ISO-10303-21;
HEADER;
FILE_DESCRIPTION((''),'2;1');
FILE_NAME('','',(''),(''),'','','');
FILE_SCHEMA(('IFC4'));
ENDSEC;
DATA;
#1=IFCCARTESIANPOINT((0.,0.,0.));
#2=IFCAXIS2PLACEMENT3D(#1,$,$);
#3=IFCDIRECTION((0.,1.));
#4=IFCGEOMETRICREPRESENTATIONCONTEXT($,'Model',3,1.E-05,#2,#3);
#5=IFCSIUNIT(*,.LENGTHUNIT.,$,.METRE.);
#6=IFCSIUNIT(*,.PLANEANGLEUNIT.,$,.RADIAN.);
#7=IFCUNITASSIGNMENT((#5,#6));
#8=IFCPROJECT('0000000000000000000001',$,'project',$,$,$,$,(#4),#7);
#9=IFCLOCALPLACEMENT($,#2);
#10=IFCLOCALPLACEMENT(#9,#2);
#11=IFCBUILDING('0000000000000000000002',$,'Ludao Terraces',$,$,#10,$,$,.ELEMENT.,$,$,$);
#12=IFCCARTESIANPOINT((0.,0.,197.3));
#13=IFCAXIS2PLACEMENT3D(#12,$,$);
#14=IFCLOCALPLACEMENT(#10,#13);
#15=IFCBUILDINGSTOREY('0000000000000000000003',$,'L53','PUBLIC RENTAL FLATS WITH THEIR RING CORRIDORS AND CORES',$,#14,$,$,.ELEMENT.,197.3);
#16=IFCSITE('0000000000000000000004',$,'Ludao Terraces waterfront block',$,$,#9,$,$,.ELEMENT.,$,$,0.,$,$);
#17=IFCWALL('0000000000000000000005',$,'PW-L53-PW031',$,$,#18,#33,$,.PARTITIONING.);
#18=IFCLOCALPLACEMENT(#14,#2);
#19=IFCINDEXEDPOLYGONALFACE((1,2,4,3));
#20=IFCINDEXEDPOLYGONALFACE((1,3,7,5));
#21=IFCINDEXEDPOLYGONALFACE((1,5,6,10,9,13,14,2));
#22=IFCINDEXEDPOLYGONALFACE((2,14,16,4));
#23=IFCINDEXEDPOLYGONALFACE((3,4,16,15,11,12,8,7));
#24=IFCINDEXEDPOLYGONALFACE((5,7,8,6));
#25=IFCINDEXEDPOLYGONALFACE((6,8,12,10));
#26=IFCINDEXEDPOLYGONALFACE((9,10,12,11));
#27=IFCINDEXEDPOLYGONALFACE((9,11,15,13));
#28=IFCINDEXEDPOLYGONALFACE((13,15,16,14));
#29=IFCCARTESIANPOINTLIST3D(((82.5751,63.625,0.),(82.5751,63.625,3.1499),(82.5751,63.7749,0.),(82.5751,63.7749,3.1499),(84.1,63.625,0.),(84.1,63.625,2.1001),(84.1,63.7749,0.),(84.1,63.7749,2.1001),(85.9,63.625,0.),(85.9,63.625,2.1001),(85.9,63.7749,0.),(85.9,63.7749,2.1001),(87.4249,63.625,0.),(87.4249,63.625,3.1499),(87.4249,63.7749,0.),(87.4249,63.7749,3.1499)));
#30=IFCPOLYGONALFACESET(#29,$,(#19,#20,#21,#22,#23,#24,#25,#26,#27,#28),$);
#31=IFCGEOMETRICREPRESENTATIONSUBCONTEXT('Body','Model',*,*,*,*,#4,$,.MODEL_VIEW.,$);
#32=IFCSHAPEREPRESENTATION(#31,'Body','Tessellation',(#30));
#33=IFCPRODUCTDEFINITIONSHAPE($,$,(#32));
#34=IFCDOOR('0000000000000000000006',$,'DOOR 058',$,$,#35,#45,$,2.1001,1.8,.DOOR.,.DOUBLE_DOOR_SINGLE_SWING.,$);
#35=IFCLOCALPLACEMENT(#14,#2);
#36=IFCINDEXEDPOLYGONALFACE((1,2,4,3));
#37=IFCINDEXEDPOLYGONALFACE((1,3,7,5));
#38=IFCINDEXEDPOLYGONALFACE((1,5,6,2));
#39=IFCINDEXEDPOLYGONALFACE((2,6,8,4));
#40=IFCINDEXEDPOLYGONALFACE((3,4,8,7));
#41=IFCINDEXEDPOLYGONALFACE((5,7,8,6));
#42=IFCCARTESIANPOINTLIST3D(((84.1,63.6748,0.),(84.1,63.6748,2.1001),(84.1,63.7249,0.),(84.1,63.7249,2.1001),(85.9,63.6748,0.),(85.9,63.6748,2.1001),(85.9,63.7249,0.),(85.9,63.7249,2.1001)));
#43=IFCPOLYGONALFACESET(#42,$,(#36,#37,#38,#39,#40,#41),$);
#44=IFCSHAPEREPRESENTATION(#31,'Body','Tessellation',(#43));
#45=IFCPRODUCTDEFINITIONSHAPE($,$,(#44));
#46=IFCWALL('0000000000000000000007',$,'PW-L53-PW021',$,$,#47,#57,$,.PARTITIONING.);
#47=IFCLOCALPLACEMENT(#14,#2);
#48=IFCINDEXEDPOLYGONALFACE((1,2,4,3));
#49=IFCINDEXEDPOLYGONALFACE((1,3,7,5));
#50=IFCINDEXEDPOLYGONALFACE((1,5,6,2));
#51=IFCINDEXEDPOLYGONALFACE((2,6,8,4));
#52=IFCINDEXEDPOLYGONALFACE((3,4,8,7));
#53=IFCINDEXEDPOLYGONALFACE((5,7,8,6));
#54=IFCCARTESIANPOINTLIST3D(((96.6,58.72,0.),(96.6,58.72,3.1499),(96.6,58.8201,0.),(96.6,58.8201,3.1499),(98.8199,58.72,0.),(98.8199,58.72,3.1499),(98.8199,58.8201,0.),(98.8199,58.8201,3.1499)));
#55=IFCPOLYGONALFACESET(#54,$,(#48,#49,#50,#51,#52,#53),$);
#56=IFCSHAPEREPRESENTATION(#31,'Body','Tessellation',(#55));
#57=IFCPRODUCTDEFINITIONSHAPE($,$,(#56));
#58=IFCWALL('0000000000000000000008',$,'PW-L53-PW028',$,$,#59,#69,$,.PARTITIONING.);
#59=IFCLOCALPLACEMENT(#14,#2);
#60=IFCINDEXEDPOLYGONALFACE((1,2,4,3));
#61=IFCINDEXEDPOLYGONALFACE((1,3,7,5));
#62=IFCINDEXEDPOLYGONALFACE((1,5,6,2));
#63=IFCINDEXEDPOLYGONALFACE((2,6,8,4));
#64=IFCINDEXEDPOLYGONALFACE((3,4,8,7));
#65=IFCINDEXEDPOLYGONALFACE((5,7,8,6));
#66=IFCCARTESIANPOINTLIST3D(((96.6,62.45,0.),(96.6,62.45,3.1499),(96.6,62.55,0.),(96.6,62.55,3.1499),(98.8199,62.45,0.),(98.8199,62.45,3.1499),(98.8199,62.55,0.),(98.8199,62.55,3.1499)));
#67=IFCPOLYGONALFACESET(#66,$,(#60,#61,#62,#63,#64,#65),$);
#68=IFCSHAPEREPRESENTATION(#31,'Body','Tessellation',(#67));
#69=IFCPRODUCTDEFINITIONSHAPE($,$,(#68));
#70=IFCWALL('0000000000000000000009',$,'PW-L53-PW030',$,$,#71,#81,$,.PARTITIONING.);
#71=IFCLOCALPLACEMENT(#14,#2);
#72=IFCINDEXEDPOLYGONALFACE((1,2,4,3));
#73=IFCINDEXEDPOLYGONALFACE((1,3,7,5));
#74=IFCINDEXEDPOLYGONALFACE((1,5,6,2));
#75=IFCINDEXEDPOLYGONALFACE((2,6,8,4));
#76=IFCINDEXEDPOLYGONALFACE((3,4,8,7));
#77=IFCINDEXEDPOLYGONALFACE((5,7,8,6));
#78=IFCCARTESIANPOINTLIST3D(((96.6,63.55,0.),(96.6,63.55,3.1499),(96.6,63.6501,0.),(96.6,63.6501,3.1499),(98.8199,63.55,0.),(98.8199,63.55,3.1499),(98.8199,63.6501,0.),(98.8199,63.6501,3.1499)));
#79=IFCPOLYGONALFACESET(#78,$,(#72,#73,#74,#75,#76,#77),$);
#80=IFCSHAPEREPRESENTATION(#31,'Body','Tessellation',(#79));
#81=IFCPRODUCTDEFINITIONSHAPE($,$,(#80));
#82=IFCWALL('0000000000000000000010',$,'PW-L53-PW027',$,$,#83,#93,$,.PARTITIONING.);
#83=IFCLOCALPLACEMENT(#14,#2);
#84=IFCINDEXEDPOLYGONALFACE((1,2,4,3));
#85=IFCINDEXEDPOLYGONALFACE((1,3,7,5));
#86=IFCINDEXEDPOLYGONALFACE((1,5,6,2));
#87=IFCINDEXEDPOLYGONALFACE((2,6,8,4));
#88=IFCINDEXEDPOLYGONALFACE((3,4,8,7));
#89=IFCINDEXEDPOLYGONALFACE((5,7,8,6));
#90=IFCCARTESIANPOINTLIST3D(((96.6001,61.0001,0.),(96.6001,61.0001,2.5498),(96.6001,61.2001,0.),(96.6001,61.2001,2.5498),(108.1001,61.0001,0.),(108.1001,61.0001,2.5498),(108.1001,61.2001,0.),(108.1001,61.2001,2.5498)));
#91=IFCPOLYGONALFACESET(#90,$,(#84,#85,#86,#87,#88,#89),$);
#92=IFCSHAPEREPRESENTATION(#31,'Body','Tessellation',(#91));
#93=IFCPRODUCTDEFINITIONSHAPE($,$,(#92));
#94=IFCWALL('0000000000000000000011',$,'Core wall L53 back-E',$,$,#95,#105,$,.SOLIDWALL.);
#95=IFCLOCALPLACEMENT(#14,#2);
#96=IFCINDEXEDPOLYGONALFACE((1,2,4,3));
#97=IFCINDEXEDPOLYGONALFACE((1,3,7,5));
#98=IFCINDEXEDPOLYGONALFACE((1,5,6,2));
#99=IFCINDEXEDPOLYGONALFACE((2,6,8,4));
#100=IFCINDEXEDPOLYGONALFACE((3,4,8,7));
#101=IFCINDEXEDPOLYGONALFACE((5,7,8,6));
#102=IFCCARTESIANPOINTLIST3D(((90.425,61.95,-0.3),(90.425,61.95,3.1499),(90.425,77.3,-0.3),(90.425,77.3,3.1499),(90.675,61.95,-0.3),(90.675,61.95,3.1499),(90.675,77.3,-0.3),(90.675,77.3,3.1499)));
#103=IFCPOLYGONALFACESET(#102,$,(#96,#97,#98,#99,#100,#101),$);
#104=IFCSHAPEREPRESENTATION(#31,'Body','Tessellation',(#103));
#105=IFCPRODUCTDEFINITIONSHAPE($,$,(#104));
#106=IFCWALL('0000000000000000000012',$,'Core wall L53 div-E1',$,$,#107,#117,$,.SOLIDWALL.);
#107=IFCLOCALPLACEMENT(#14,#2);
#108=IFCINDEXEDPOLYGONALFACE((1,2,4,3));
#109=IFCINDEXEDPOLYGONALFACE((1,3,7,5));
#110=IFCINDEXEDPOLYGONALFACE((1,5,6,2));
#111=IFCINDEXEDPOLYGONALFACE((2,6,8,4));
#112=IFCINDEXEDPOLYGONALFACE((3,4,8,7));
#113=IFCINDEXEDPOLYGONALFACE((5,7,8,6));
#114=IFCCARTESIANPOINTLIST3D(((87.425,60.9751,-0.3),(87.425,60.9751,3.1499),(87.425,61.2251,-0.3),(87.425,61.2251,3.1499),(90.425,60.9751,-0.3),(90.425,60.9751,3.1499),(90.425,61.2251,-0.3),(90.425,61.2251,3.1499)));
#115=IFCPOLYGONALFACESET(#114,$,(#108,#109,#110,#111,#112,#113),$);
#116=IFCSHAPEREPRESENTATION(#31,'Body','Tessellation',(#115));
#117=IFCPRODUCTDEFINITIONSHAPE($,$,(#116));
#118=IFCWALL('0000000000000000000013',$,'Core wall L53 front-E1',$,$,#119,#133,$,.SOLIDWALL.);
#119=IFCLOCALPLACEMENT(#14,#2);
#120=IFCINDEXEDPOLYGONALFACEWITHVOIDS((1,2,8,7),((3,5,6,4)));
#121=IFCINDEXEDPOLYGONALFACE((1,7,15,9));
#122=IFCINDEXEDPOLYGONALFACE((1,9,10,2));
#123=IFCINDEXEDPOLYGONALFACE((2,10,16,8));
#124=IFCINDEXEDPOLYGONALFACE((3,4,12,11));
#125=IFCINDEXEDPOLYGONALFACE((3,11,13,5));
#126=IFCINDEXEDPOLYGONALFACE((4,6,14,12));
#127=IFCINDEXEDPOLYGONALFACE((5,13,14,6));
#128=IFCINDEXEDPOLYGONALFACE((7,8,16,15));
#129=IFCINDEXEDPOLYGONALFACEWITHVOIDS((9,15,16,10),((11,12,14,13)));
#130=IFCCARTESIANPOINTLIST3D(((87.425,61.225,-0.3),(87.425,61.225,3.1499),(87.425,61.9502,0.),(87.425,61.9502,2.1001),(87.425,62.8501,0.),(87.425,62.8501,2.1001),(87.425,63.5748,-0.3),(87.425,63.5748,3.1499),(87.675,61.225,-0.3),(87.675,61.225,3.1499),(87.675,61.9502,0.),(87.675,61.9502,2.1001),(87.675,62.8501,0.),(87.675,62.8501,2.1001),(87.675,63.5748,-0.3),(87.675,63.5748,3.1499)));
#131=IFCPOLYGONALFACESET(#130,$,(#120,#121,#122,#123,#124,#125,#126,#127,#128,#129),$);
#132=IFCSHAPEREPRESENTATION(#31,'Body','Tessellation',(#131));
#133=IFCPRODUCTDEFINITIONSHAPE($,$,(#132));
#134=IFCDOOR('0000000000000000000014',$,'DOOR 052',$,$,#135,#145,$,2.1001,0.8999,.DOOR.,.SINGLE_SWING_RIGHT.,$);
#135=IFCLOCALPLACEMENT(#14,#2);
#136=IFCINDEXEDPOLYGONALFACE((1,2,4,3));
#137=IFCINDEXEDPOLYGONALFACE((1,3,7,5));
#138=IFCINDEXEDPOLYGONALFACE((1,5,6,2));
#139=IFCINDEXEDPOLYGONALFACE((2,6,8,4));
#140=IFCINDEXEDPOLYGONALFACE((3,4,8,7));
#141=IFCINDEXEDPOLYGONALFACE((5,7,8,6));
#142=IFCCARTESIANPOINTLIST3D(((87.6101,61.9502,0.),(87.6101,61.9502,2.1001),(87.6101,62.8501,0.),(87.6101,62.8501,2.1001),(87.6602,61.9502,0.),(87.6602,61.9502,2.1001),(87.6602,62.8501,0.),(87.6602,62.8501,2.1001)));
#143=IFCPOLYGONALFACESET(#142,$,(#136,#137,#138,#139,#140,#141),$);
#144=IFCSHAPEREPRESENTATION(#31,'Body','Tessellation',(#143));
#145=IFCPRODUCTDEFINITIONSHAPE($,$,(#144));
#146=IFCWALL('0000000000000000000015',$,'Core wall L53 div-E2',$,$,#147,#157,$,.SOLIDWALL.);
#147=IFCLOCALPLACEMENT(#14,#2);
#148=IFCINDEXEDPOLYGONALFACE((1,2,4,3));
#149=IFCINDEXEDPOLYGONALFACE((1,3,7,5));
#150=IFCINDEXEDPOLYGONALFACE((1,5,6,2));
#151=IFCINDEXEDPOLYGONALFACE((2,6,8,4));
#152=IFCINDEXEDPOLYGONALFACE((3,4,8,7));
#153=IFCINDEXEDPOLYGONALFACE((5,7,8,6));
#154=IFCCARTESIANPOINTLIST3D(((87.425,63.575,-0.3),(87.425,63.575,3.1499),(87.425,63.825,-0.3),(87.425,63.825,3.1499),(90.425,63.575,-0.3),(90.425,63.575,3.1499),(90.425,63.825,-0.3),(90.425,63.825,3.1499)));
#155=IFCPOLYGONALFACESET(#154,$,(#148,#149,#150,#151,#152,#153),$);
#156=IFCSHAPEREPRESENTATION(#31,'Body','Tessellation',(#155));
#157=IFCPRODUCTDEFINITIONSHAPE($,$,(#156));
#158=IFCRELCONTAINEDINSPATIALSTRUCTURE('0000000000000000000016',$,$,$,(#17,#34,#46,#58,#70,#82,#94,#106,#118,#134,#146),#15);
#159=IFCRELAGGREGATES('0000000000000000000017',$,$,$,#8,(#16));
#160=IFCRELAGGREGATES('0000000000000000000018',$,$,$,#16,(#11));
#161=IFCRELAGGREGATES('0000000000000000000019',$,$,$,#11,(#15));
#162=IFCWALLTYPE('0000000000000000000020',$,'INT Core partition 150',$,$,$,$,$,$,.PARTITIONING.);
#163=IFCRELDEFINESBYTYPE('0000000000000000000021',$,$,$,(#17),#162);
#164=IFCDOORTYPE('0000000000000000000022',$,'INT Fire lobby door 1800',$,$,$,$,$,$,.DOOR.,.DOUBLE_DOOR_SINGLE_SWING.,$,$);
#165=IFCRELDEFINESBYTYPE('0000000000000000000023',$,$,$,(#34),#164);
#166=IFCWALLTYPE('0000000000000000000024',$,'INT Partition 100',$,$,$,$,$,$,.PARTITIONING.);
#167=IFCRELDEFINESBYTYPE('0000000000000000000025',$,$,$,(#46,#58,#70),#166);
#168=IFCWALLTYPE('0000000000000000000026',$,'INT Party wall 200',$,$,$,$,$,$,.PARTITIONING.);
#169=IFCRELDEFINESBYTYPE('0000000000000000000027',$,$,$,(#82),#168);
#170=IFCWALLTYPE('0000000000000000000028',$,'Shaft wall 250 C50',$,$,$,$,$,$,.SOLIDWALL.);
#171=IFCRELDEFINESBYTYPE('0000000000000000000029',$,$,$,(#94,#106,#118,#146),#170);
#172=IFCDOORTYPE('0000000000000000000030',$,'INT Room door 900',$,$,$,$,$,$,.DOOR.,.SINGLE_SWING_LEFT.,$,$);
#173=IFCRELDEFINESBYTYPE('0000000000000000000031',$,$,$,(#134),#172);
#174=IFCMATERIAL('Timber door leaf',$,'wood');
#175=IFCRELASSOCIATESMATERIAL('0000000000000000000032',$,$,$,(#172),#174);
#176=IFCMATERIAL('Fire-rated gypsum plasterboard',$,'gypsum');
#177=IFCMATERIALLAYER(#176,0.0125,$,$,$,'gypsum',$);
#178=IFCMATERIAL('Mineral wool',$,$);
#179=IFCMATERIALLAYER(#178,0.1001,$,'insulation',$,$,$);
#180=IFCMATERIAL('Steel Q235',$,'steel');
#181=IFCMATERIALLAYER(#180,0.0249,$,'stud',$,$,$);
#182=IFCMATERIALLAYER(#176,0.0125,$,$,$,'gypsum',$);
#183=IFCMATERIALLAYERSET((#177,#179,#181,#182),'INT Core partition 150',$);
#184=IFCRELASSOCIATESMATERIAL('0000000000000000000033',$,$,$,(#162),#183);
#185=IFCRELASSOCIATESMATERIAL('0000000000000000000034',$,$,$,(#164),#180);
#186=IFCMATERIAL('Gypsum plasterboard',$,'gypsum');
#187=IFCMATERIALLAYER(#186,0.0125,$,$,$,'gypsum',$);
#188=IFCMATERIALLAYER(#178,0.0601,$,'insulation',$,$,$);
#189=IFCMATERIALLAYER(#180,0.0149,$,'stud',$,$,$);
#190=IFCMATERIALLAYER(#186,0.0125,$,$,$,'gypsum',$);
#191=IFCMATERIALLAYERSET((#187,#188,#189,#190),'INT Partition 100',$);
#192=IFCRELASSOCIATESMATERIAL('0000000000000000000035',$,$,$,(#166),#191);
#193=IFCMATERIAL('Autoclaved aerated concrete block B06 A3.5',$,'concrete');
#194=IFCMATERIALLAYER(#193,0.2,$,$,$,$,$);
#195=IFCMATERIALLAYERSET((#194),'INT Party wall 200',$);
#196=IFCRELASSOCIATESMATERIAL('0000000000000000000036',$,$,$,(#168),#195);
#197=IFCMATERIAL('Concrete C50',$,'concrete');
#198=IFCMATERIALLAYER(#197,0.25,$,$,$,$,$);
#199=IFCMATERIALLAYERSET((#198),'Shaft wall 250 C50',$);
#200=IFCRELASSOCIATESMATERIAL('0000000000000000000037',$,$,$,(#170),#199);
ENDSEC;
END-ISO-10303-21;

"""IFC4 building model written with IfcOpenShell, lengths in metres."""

from ifc_helpers import new_model, si_unit, direction, frame, frame_2d, origin, place, context, subcontext, project, spatial, rectangle, extrude, material, layer, layer_set, type_object, element, fill, save


model = new_model("IFC4")

# Units and contexts
model_context = context("Model", 3, precision=1e-05, world=origin(), true_north=direction((0.0, 1.0)))
body_context = subcontext(model_context, "Body", "Model", "MODEL_VIEW")
ifc_project = project(units=[si_unit("LENGTHUNIT", "METRE"), si_unit("PLANEANGLEUNIT", "RADIAN")], contexts=[model_context])

# Site, building, storey
site_placement = place(None, origin())
site = spatial("IfcSite", under=ifc_project, at=site_placement, Name="Ludao Terraces waterfront block", CompositionType="ELEMENT", RefElevation=0.0)
building_placement = place(site_placement, origin())
building = spatial("IfcBuilding", under=site, at=building_placement, Name="Ludao Terraces", CompositionType="ELEMENT")
storey_placement = place(building_placement, frame((0.0, 0.0, 197.3)))
storey = spatial("IfcBuildingStorey", under=building, at=storey_placement, Name="L53", Description="PUBLIC RENTAL FLATS WITH THEIR RING CORRIDORS AND CORES", CompositionType="ELEMENT", Elevation=197.3)

# Shared definitions
ifc_material_1 = material(Name="Concrete C50", Category="concrete")
ifc_material_2 = material(Name="Steel Q235", Category="steel")
ifc_material_3 = material(Name="Timber door leaf", Category="wood")
door_type_1 = type_object("IfcDoorType", Name="INT Room door 900", OperationType="SINGLE_SWING_LEFT", PredefinedType="DOOR", material=ifc_material_3)

# Wall, opening, door
ifc_material_4 = material(Name="Fire-rated gypsum plasterboard", Category="gypsum")
ifc_layer_1 = layer(ifc_material_4, 0.0125, Category="gypsum")
ifc_material_5 = material(Name="Mineral wool")
ifc_layer_2 = layer(ifc_material_5, 0.1001, Name="insulation")
ifc_layer_3 = layer(ifc_material_2, 0.0249, Name="stud")
ifc_layer_4 = layer(ifc_material_4, 0.0125, Category="gypsum")
ifc_layer_set_1 = layer_set([ifc_layer_1, ifc_layer_2, ifc_layer_3, ifc_layer_4], Name="INT Core partition 150")
wall_type_1 = type_object("IfcWallType", Name="INT Core partition 150", PredefinedType="PARTITIONING", material=ifc_layer_set_1)
door_type_2 = type_object("IfcDoorType", Name="INT Fire lobby door 1800", OperationType="DOUBLE_DOOR_SINGLE_SWING", PredefinedType="DOOR", material=ifc_material_2)
wall_1_placement = place(storey_placement, frame((82.5752, 63.7, 0.0), z_axis=(0.0, 0.0, 1.0), x_axis=(1.0, 0.0, 0.0)))
wall_1 = element("IfcWall", 1, at=wall_1_placement, inside=storey, type_object=wall_type_1, Name="PW-L53-PW031", PredefinedType="PARTITIONING", context=body_context, shape_type="SweptSolid", body=[
    extrude(rectangle(XDim=4.8499, YDim=0.1499, at=frame_2d((2.4248, 0.0))), origin(), (0.0, 0.0, 1.0), 3.1499),
])
opening_1_placement = place(wall_1_placement, frame((1.5249, 0.0, 0.0)))
opening_1 = element("IfcOpeningElement", 2, at=opening_1_placement, cuts=wall_1, PredefinedType="OPENING", context=body_context, shape_type="SweptSolid", body=[
    extrude(rectangle(XDim=1.8, YDim=2.1001, at=frame_2d((0.8999, 1.05))), frame((0.0, 0.085, 0.0), z_axis=(0.0, -1.0, 0.0), x_axis=(1.0, 0.0, 0.0)), (0.0, 0.0, 1.0), 0.1699),
])
door_1_placement = place(opening_1_placement, origin())
door_1 = element("IfcDoor", 3, at=door_1_placement, inside=storey, type_object=door_type_2, Name="DOOR 058", OperationType="DOUBLE_DOOR_SINGLE_SWING", OverallHeight=2.1001, OverallWidth=1.8, PredefinedType="DOOR", context=body_context, shape_type="SweptSolid", body=[
    extrude(rectangle(XDim=1.8, YDim=2.1001, at=frame_2d((0.8999, 1.05))), frame((0.0, 0.0249, 0.0), z_axis=(0.0, -1.0, 0.0), x_axis=(1.0, 0.0, 0.0)), (0.0, 0.0, 1.0), 0.05),
])
fill(opening_1, door_1)

# Walls
ifc_material_6 = material(Name="Gypsum plasterboard", Category="gypsum")
ifc_layer_5 = layer(ifc_material_6, 0.0125, Category="gypsum")
ifc_layer_6 = layer(ifc_material_5, 0.0601, Name="insulation")
ifc_layer_7 = layer(ifc_material_2, 0.0149, Name="stud")
ifc_layer_8 = layer(ifc_material_6, 0.0125, Category="gypsum")
ifc_layer_set_2 = layer_set([ifc_layer_5, ifc_layer_6, ifc_layer_7, ifc_layer_8], Name="INT Partition 100")
wall_type_2 = type_object("IfcWallType", Name="INT Partition 100", PredefinedType="PARTITIONING", material=ifc_layer_set_2)
for number, where, z_axis, x_axis, name in (
    (4, (96.6001, 58.77, 0.0), (0.0, 0.0, 1.0), (1.0, 0.0, 0.0), "PW-L53-PW021"),
    (5, (96.6001, 62.5, 0.0), (0.0, 0.0, 1.0), (1.0, 0.0, 0.0), "PW-L53-PW028"),
    (6, (96.6001, 63.6001, 0.0), (0.0, 0.0, 1.0), (1.0, 0.0, 0.0), "PW-L53-PW030"),
):
    element("IfcWall", number, at=place(storey_placement, frame(where, z_axis=z_axis, x_axis=x_axis)), inside=storey, type_object=wall_type_2, Name=name, PredefinedType="PARTITIONING", context=body_context, shape_type="SweptSolid", body=[
        extrude(rectangle(XDim=2.22, YDim=0.1001, at=frame_2d((1.1099, 0.0))), origin(), (0.0, 0.0, 1.0), 3.1499),
    ])
ifc_material_7 = material(Name="Autoclaved aerated concrete block B06 A3.5", Category="concrete")
ifc_layer_9 = layer(ifc_material_7, 0.2)
ifc_layer_set_3 = layer_set([ifc_layer_9], Name="INT Party wall 200")
wall_type_3 = type_object("IfcWallType", Name="INT Party wall 200", PredefinedType="PARTITIONING", material=ifc_layer_set_3)
wall_2_placement = place(storey_placement, frame((96.6001, 61.1001, 0.0), z_axis=(0.0, 0.0, 1.0), x_axis=(1.0, 0.0, 0.0)))
element("IfcWall", 7, at=wall_2_placement, inside=storey, type_object=wall_type_3, Name="PW-L53-PW027", PredefinedType="PARTITIONING", context=body_context, shape_type="SweptSolid", body=[
    extrude(rectangle(XDim=11.5, YDim=0.2, at=frame_2d((5.75, 0.0))), origin(), (0.0, 0.0, 1.0), 2.5498),
])
ifc_layer_10 = layer(ifc_material_1, 0.25)
ifc_layer_set_4 = layer_set([ifc_layer_10], Name="Shaft wall 250 C50")
wall_type_4 = type_object("IfcWallType", Name="Shaft wall 250 C50", PredefinedType="SOLIDWALL", material=ifc_layer_set_4)
wall_3_placement = place(storey_placement, frame((90.55, 61.95, -0.3), z_axis=(0.0, 0.0, 1.0), x_axis=(0.0, 1.0, 0.0)))
element("IfcWall", 8, at=wall_3_placement, inside=storey, type_object=wall_type_4, Name="Core wall L53 back-E", PredefinedType="SOLIDWALL", context=body_context, shape_type="SweptSolid", body=[
    extrude(rectangle(XDim=15.3501, YDim=0.25, at=frame_2d((7.675, 0.0))), origin(), (0.0, 0.0, 1.0), 3.45),
])
wall_4_placement = place(storey_placement, frame((87.425, 61.1001, -0.3), z_axis=(0.0, 0.0, 1.0), x_axis=(1.0, 0.0, 0.0)))
element("IfcWall", 9, at=wall_4_placement, inside=storey, type_object=wall_type_4, Name="Core wall L53 div-E1", PredefinedType="SOLIDWALL", context=body_context, shape_type="SweptSolid", body=[
    extrude(rectangle(XDim=3.0, YDim=0.25, at=frame_2d((1.5, 0.0))), origin(), (0.0, 0.0, 1.0), 3.45),
])

# Wall, opening, door
wall_5_placement = place(storey_placement, frame((87.55, 61.2251, -0.3), z_axis=(0.0, 0.0, 1.0), x_axis=(0.0, 1.0, 0.0)))
wall_5 = element("IfcWall", 10, at=wall_5_placement, inside=storey, type_object=wall_type_4, Name="Core wall L53 front-E1", PredefinedType="SOLIDWALL", context=body_context, shape_type="SweptSolid", body=[
    extrude(rectangle(XDim=2.3499, YDim=0.25, at=frame_2d((1.1748, 0.0))), origin(), (0.0, 0.0, 1.0), 3.45),
])
opening_2_placement = place(wall_5_placement, frame((0.7251, 0.0, 0.3)))
opening_2 = element("IfcOpeningElement", 11, at=opening_2_placement, cuts=wall_5, PredefinedType="OPENING", context=body_context, shape_type="SweptSolid", body=[
    extrude(rectangle(XDim=0.8999, YDim=2.1001, at=frame_2d((0.45, 1.05))), frame((0.0, 0.135, 0.0), z_axis=(0.0, -1.0, 0.0), x_axis=(1.0, 0.0, 0.0)), (0.0, 0.0, 1.0), 0.27),
])
door_2_placement = place(opening_2_placement, origin())
door_2 = element("IfcDoor", 12, at=door_2_placement, inside=storey, type_object=door_type_1, Name="DOOR 052", OperationType="SINGLE_SWING_RIGHT", OverallHeight=2.1001, OverallWidth=0.8999, PredefinedType="DOOR", context=body_context, shape_type="SweptSolid", body=[
    extrude(rectangle(XDim=0.8999, YDim=2.1001, at=frame_2d((0.45, 1.05))), frame((0.0, -0.0601, 0.0), z_axis=(0.0, -1.0, 0.0), x_axis=(1.0, 0.0, 0.0)), (0.0, 0.0, 1.0), 0.05),
])
fill(opening_2, door_2)

# Wall
wall_6_placement = place(storey_placement, frame((87.425, 63.7, -0.3), z_axis=(0.0, 0.0, 1.0), x_axis=(1.0, 0.0, 0.0)))
element("IfcWall", 13, at=wall_6_placement, inside=storey, type_object=wall_type_4, Name="Core wall L53 div-E2", PredefinedType="SOLIDWALL", context=body_context, shape_type="SweptSolid", body=[
    extrude(rectangle(XDim=3.0, YDim=0.25, at=frame_2d((1.5, 0.0))), origin(), (0.0, 0.0, 1.0), 3.45),
])

save(model, "model.ifc")
